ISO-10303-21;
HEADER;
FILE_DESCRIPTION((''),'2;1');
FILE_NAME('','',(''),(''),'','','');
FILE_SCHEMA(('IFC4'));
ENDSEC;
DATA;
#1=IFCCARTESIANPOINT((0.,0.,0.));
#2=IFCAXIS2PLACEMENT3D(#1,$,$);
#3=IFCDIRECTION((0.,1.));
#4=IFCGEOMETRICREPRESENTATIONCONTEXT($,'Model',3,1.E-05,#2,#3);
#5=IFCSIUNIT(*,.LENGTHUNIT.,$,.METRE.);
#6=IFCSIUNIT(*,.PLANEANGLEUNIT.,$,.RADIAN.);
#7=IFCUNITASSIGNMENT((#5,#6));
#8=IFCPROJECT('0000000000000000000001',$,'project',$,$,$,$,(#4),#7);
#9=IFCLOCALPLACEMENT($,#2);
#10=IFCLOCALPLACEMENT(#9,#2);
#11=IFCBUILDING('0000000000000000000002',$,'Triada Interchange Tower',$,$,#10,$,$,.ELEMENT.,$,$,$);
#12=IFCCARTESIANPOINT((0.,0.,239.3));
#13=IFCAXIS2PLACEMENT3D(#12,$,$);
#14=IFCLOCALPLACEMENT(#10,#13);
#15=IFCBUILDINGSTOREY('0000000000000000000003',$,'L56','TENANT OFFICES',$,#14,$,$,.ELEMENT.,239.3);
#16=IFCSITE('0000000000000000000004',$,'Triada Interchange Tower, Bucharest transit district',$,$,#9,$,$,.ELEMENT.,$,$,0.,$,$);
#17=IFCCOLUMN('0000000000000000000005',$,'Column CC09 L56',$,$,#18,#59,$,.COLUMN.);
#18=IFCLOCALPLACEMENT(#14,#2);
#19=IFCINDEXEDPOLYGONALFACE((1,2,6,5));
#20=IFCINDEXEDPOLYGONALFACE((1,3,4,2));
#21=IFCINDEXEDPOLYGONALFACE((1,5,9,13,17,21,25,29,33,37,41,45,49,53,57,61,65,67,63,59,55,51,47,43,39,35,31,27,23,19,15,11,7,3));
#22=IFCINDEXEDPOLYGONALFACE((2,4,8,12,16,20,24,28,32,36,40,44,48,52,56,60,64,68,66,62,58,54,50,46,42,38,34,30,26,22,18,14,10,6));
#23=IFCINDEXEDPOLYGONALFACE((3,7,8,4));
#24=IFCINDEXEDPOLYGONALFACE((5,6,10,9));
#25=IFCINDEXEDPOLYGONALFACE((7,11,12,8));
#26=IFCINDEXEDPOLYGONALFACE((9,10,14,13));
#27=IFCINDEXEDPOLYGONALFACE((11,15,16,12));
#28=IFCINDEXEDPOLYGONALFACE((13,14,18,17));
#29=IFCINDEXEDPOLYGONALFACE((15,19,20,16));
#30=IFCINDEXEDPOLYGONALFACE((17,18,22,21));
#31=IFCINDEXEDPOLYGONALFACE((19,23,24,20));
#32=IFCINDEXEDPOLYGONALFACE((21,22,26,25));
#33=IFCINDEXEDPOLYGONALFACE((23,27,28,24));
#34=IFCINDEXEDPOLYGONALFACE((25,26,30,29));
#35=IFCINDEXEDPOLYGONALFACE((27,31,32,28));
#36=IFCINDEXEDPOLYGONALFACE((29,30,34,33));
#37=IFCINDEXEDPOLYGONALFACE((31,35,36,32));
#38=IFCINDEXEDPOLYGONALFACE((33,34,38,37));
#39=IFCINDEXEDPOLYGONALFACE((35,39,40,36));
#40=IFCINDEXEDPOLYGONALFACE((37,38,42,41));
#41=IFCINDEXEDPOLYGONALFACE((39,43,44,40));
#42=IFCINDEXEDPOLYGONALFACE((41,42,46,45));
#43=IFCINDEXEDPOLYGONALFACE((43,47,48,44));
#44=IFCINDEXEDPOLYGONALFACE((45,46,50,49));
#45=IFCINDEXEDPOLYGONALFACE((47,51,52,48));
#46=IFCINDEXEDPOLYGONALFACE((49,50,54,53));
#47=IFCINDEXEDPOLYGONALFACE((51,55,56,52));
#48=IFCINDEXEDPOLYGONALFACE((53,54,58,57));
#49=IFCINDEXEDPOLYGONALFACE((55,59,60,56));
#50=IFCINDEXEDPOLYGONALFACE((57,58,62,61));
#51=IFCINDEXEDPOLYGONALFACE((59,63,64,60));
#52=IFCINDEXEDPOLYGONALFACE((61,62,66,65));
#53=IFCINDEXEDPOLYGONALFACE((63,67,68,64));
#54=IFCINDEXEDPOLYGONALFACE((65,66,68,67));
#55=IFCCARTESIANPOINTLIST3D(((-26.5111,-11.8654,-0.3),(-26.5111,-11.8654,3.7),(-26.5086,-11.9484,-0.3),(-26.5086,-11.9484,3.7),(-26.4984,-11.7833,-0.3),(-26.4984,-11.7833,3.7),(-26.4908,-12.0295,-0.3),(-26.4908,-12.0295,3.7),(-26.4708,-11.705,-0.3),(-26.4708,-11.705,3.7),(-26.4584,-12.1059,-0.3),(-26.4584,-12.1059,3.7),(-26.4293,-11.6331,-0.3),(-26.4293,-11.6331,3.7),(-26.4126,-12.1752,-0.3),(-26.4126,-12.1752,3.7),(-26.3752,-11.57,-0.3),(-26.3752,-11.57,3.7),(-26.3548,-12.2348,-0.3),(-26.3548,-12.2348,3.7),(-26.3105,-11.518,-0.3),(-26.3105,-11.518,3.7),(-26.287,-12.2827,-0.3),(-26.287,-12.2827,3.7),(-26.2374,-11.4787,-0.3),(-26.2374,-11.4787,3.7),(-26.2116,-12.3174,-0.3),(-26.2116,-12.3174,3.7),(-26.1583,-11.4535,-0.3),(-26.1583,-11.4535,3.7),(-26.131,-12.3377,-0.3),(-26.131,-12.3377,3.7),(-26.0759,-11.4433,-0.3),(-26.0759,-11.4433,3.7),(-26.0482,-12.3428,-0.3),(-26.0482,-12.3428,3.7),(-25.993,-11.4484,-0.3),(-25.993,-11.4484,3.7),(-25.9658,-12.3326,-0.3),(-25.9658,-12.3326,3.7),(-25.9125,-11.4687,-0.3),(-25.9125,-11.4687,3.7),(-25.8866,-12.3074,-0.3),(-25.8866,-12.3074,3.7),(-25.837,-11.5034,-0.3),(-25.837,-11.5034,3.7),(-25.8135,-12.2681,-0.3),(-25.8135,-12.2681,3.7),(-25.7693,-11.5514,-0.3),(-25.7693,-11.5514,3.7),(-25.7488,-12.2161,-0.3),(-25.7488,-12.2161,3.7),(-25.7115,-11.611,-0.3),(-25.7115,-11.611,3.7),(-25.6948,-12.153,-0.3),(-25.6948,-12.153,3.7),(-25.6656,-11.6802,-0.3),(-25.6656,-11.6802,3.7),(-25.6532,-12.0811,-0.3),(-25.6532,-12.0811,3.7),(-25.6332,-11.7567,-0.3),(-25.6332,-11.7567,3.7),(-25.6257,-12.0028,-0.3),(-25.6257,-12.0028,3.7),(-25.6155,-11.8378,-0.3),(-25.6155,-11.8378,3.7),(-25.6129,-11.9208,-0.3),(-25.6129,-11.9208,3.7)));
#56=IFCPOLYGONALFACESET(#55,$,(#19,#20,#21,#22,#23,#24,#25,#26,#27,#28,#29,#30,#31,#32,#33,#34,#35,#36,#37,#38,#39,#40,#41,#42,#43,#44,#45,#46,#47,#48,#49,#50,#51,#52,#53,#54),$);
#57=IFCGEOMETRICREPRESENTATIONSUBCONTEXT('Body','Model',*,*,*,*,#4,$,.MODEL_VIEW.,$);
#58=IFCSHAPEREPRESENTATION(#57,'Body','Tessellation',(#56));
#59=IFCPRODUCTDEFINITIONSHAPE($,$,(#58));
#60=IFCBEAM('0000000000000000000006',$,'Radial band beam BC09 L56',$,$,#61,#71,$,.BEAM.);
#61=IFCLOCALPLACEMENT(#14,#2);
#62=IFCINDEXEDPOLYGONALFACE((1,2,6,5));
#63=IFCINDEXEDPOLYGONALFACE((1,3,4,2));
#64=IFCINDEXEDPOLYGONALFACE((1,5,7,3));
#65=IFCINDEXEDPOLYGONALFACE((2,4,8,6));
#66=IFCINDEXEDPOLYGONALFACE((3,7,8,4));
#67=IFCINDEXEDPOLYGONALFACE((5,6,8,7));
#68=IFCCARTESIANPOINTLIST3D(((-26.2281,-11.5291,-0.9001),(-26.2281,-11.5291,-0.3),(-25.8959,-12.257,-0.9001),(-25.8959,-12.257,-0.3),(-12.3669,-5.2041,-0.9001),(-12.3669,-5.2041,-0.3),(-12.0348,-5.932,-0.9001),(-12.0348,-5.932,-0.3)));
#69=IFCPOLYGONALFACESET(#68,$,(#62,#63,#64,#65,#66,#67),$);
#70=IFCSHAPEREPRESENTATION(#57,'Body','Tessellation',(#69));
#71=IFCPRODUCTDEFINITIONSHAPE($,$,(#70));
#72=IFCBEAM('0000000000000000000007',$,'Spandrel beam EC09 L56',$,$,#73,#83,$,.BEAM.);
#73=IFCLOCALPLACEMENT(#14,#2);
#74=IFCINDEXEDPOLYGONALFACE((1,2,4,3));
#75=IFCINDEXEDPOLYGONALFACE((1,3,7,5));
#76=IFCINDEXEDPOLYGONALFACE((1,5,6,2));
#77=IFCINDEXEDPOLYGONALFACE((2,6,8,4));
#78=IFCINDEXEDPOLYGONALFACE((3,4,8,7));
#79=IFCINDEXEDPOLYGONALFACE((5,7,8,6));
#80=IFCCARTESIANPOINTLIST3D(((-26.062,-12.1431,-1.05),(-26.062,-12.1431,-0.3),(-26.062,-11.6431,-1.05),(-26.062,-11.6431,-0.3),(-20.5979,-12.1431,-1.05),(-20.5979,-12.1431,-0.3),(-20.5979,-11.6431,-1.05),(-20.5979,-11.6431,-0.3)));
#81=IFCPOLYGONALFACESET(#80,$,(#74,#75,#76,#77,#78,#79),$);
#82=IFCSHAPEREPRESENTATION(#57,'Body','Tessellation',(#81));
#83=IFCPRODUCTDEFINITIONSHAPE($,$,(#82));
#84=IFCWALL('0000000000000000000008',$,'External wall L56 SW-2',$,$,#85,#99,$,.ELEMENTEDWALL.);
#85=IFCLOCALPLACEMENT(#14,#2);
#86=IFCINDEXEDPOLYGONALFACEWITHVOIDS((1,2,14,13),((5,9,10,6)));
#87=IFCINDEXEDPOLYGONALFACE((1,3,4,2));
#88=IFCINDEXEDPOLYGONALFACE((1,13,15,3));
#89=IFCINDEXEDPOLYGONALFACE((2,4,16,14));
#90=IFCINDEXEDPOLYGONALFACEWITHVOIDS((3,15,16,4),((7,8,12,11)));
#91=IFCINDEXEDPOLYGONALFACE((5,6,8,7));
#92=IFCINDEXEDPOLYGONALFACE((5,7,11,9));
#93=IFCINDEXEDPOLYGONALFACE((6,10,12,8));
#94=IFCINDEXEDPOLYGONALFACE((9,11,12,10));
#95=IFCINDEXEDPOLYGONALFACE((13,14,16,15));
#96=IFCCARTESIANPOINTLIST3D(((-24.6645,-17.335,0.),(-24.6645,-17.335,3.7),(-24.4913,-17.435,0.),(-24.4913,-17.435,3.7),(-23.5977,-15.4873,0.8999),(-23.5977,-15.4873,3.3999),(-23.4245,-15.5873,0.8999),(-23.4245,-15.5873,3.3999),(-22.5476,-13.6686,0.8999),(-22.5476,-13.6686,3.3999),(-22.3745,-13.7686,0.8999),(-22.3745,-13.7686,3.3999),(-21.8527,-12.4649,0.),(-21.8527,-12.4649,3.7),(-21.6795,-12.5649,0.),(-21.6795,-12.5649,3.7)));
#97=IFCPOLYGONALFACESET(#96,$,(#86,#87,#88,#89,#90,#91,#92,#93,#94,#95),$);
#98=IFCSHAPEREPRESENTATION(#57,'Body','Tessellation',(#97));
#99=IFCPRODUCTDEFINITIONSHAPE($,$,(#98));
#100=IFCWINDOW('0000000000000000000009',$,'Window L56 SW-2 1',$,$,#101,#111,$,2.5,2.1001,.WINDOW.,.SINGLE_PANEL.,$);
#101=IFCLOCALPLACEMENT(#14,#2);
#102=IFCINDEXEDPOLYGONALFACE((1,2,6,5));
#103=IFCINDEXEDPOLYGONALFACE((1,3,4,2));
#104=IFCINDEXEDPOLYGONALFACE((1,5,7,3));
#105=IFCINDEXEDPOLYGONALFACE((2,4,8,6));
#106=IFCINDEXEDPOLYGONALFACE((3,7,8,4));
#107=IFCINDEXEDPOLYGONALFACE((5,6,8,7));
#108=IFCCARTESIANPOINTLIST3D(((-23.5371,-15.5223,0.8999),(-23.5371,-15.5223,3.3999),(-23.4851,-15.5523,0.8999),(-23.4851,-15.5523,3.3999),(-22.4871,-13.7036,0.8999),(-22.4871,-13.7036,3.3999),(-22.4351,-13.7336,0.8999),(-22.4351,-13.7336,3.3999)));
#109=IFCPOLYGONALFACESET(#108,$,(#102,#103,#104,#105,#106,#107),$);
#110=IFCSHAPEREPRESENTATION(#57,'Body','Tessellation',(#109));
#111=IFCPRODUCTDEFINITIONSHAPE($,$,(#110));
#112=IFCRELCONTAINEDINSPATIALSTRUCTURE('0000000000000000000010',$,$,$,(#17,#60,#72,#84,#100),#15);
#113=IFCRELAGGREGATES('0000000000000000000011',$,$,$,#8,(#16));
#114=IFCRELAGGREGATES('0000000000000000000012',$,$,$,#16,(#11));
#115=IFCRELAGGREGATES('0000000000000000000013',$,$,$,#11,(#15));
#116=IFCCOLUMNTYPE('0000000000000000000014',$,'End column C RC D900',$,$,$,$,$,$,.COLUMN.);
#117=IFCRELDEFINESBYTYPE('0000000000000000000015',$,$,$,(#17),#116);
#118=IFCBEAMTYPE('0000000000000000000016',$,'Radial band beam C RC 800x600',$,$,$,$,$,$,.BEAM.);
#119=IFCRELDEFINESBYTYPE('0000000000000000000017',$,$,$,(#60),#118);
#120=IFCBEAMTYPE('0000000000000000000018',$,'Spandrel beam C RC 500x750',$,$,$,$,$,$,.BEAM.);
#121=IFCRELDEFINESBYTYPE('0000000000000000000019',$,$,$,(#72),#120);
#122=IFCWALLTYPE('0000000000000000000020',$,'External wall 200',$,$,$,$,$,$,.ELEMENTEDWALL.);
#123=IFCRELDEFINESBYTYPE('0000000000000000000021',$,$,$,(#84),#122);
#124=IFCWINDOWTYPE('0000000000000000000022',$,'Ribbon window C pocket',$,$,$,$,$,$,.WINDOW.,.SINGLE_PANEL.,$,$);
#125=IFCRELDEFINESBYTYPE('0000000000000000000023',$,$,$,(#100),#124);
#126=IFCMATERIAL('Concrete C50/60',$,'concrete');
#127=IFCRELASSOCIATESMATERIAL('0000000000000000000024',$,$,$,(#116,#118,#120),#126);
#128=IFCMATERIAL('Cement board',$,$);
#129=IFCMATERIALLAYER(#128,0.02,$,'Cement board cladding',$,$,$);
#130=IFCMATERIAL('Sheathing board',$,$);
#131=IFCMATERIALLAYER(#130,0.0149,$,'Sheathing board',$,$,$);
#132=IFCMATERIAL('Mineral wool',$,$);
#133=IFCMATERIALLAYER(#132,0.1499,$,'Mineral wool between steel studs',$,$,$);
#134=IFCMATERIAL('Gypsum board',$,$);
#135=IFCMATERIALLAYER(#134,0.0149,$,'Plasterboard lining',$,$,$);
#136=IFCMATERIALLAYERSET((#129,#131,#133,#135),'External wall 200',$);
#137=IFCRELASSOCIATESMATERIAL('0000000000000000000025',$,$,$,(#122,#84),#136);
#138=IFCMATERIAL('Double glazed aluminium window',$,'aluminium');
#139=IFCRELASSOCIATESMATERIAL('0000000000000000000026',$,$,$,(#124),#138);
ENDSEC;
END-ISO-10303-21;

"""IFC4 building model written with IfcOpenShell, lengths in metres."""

from ifc_helpers import new_model, si_unit, direction, frame, frame_2d, origin, origin_2d, place, context, subcontext, project, spatial, rectangle, circle, extrude, material, layer, layer_set, layer_usage, material_profile, profile_set, type_object, element, fill, save


model = new_model("IFC4")

# Units and contexts
model_context = context("Model", 3, precision=1e-05, world=origin(), true_north=direction((0.0, 1.0)))
body_context = subcontext(model_context, "Body", "Model", "MODEL_VIEW")
ifc_project = project(units=[si_unit("LENGTHUNIT", "METRE"), si_unit("PLANEANGLEUNIT", "RADIAN")], contexts=[model_context])

# Site, building, storey
site_placement = place(None, origin())
site = spatial("IfcSite", under=ifc_project, at=site_placement, Name="Triada Interchange Tower, Bucharest transit district", CompositionType="ELEMENT", RefElevation=0.0)
building_placement = place(site_placement, origin())
building = spatial("IfcBuilding", under=site, at=building_placement, Name="Triada Interchange Tower", CompositionType="ELEMENT")
storey_placement = place(building_placement, frame((0.0, 0.0, 239.3)))
storey = spatial("IfcBuildingStorey", under=building, at=storey_placement, Name="L56", Description="TENANT OFFICES", CompositionType="ELEMENT", Elevation=239.3)

# Column
ifc_material_1 = material(Name="Concrete C50/60", Category="concrete")
ifc_material_profile_1 = material_profile(ifc_material_1, circle(Radius=0.45, at=origin_2d()), Name="RC D900")
ifc_profile_set_1 = profile_set([ifc_material_profile_1], Name="Concrete C50/60")
column_type = type_object("IfcColumnType", Name="End column C RC D900", PredefinedType="COLUMN", material=ifc_profile_set_1)
column_placement = place(storey_placement, frame((-26.062, -11.8931, -0.3), z_axis=(0.0, 0.0, 1.0), x_axis=(0.5, 0.866025, 0.0)))
element("IfcColumn", 1, at=column_placement, inside=storey, type_object=column_type, Name="Column CC09 L56", PredefinedType="COLUMN", context=body_context, shape_type="SweptSolid", body=[
    extrude(circle(Radius=0.45, at=origin_2d()), origin(), (0.0, 0.0, 1.0), 4.0),
])

# Beams
ifc_material_profile_2 = material_profile(ifc_material_1, rectangle(XDim=0.8, YDim=0.6001, at=origin_2d()), Name="RC 800x600")
ifc_profile_set_2 = profile_set([ifc_material_profile_2], Name="Concrete C50/60")
beam_type_1 = type_object("IfcBeamType", Name="Radial band beam C RC 800x600", PredefinedType="BEAM", material=ifc_profile_set_2)
beam_1_placement = place(storey_placement, frame((-26.062, -11.8931, -0.6001), z_axis=(0.909761, 0.415133, 0.0), x_axis=(-0.415133, 0.909761, 0.0)))
element("IfcBeam", 2, at=beam_1_placement, inside=storey, type_object=beam_type_1, Name="Radial band beam BC09 L56", PredefinedType="BEAM", context=body_context, shape_type="SweptSolid", body=[
    extrude(rectangle(XDim=0.8, YDim=0.6001, at=origin_2d()), origin(), (0.0, 0.0, 1.0), 15.2361),
])
ifc_material_profile_3 = material_profile(ifc_material_1, rectangle(XDim=0.5, YDim=0.75, at=origin_2d()), Name="RC 500x750")
ifc_profile_set_3 = profile_set([ifc_material_profile_3], Name="Concrete C50/60")
beam_type_2 = type_object("IfcBeamType", Name="Spandrel beam C RC 500x750", PredefinedType="BEAM", material=ifc_profile_set_3)
beam_2_placement = place(storey_placement, frame((-26.062, -11.8931, -0.675), z_axis=(1.0, 0.0, 0.0), x_axis=(0.0, 1.0, 0.0)))
element("IfcBeam", 3, at=beam_2_placement, inside=storey, type_object=beam_type_2, Name="Spandrel beam EC09 L56", PredefinedType="BEAM", context=body_context, shape_type="SweptSolid", body=[
    extrude(rectangle(XDim=0.5, YDim=0.75, at=origin_2d()), origin(), (0.0, 0.0, 1.0), 5.4641),
])

# Wall, opening, window
ifc_material_2 = material(Name="Cement board")
ifc_layer_1 = layer(ifc_material_2, 0.02, Name="Cement board cladding")
ifc_material_3 = material(Name="Sheathing board")
ifc_layer_2 = layer(ifc_material_3, 0.0149, Name="Sheathing board")
ifc_material_4 = material(Name="Mineral wool")
ifc_layer_3 = layer(ifc_material_4, 0.1499, Name="Mineral wool between steel studs")
ifc_material_5 = material(Name="Gypsum board")
ifc_layer_4 = layer(ifc_material_5, 0.0149, Name="Plasterboard lining")
ifc_layer_set = layer_set([ifc_layer_1, ifc_layer_2, ifc_layer_3, ifc_layer_4], Name="External wall 200")
ifc_layer_usage = layer_usage(ifc_layer_set, "AXIS2", "POSITIVE", -0.1001)
wall_type = type_object("IfcWallType", Name="External wall 200", PredefinedType="ELEMENTEDWALL", material=ifc_layer_set)
wall_placement = place(storey_placement, frame((-21.7661, -12.5149, 0.0), z_axis=(0.0, 0.0, 1.0), x_axis=(-0.500001, -0.866025, 0.0)))
wall = element("IfcWall", 4, at=wall_placement, inside=storey, type_object=wall_type, material=ifc_layer_usage, Name="External wall L56 SW-2", PredefinedType="ELEMENTEDWALL", context=body_context, shape_type="SweptSolid", body=[
    extrude(rectangle(XDim=5.6235, YDim=0.2, at=frame_2d((2.8118, 0.0))), origin(), (0.0, 0.0, 1.0), 3.7),
])
opening_placement = place(wall_placement, frame((1.3899, 0.0, 0.8999)))
opening = element("IfcOpeningElement", 5, at=opening_placement, cuts=wall, PredefinedType="OPENING", context=body_context, shape_type="SweptSolid", body=[
    extrude(rectangle(XDim=2.1001, YDim=2.5, at=frame_2d((1.05, 1.25))), frame((0.0, 0.1099, 0.0), z_axis=(0.0, -1.0, 0.0), x_axis=(1.0, 0.0, 0.0)), (0.0, 0.0, 1.0), 0.22),
])
ifc_material_6 = material(Name="Double glazed aluminium window", Category="aluminium")
window_type = type_object("IfcWindowType", Name="Ribbon window C pocket", PartitioningType="SINGLE_PANEL", PredefinedType="WINDOW", material=ifc_material_6)
window_placement = place(opening_placement, origin())
window = element("IfcWindow", 6, at=window_placement, inside=storey, type_object=window_type, Name="Window L56 SW-2 1", OverallHeight=2.5, OverallWidth=2.1001, PartitioningType="SINGLE_PANEL", PredefinedType="WINDOW", context=body_context, shape_type="SweptSolid", body=[
    extrude(rectangle(XDim=2.1001, YDim=2.5, at=frame_2d((1.05, 1.25))), frame((0.0, 0.03, 0.0), z_axis=(0.0, -1.0, 0.0), x_axis=(1.0, 0.0, 0.0)), (0.0, 0.0, 1.0), 0.0601),
])
fill(opening, window)

save(model, "model.ifc")
